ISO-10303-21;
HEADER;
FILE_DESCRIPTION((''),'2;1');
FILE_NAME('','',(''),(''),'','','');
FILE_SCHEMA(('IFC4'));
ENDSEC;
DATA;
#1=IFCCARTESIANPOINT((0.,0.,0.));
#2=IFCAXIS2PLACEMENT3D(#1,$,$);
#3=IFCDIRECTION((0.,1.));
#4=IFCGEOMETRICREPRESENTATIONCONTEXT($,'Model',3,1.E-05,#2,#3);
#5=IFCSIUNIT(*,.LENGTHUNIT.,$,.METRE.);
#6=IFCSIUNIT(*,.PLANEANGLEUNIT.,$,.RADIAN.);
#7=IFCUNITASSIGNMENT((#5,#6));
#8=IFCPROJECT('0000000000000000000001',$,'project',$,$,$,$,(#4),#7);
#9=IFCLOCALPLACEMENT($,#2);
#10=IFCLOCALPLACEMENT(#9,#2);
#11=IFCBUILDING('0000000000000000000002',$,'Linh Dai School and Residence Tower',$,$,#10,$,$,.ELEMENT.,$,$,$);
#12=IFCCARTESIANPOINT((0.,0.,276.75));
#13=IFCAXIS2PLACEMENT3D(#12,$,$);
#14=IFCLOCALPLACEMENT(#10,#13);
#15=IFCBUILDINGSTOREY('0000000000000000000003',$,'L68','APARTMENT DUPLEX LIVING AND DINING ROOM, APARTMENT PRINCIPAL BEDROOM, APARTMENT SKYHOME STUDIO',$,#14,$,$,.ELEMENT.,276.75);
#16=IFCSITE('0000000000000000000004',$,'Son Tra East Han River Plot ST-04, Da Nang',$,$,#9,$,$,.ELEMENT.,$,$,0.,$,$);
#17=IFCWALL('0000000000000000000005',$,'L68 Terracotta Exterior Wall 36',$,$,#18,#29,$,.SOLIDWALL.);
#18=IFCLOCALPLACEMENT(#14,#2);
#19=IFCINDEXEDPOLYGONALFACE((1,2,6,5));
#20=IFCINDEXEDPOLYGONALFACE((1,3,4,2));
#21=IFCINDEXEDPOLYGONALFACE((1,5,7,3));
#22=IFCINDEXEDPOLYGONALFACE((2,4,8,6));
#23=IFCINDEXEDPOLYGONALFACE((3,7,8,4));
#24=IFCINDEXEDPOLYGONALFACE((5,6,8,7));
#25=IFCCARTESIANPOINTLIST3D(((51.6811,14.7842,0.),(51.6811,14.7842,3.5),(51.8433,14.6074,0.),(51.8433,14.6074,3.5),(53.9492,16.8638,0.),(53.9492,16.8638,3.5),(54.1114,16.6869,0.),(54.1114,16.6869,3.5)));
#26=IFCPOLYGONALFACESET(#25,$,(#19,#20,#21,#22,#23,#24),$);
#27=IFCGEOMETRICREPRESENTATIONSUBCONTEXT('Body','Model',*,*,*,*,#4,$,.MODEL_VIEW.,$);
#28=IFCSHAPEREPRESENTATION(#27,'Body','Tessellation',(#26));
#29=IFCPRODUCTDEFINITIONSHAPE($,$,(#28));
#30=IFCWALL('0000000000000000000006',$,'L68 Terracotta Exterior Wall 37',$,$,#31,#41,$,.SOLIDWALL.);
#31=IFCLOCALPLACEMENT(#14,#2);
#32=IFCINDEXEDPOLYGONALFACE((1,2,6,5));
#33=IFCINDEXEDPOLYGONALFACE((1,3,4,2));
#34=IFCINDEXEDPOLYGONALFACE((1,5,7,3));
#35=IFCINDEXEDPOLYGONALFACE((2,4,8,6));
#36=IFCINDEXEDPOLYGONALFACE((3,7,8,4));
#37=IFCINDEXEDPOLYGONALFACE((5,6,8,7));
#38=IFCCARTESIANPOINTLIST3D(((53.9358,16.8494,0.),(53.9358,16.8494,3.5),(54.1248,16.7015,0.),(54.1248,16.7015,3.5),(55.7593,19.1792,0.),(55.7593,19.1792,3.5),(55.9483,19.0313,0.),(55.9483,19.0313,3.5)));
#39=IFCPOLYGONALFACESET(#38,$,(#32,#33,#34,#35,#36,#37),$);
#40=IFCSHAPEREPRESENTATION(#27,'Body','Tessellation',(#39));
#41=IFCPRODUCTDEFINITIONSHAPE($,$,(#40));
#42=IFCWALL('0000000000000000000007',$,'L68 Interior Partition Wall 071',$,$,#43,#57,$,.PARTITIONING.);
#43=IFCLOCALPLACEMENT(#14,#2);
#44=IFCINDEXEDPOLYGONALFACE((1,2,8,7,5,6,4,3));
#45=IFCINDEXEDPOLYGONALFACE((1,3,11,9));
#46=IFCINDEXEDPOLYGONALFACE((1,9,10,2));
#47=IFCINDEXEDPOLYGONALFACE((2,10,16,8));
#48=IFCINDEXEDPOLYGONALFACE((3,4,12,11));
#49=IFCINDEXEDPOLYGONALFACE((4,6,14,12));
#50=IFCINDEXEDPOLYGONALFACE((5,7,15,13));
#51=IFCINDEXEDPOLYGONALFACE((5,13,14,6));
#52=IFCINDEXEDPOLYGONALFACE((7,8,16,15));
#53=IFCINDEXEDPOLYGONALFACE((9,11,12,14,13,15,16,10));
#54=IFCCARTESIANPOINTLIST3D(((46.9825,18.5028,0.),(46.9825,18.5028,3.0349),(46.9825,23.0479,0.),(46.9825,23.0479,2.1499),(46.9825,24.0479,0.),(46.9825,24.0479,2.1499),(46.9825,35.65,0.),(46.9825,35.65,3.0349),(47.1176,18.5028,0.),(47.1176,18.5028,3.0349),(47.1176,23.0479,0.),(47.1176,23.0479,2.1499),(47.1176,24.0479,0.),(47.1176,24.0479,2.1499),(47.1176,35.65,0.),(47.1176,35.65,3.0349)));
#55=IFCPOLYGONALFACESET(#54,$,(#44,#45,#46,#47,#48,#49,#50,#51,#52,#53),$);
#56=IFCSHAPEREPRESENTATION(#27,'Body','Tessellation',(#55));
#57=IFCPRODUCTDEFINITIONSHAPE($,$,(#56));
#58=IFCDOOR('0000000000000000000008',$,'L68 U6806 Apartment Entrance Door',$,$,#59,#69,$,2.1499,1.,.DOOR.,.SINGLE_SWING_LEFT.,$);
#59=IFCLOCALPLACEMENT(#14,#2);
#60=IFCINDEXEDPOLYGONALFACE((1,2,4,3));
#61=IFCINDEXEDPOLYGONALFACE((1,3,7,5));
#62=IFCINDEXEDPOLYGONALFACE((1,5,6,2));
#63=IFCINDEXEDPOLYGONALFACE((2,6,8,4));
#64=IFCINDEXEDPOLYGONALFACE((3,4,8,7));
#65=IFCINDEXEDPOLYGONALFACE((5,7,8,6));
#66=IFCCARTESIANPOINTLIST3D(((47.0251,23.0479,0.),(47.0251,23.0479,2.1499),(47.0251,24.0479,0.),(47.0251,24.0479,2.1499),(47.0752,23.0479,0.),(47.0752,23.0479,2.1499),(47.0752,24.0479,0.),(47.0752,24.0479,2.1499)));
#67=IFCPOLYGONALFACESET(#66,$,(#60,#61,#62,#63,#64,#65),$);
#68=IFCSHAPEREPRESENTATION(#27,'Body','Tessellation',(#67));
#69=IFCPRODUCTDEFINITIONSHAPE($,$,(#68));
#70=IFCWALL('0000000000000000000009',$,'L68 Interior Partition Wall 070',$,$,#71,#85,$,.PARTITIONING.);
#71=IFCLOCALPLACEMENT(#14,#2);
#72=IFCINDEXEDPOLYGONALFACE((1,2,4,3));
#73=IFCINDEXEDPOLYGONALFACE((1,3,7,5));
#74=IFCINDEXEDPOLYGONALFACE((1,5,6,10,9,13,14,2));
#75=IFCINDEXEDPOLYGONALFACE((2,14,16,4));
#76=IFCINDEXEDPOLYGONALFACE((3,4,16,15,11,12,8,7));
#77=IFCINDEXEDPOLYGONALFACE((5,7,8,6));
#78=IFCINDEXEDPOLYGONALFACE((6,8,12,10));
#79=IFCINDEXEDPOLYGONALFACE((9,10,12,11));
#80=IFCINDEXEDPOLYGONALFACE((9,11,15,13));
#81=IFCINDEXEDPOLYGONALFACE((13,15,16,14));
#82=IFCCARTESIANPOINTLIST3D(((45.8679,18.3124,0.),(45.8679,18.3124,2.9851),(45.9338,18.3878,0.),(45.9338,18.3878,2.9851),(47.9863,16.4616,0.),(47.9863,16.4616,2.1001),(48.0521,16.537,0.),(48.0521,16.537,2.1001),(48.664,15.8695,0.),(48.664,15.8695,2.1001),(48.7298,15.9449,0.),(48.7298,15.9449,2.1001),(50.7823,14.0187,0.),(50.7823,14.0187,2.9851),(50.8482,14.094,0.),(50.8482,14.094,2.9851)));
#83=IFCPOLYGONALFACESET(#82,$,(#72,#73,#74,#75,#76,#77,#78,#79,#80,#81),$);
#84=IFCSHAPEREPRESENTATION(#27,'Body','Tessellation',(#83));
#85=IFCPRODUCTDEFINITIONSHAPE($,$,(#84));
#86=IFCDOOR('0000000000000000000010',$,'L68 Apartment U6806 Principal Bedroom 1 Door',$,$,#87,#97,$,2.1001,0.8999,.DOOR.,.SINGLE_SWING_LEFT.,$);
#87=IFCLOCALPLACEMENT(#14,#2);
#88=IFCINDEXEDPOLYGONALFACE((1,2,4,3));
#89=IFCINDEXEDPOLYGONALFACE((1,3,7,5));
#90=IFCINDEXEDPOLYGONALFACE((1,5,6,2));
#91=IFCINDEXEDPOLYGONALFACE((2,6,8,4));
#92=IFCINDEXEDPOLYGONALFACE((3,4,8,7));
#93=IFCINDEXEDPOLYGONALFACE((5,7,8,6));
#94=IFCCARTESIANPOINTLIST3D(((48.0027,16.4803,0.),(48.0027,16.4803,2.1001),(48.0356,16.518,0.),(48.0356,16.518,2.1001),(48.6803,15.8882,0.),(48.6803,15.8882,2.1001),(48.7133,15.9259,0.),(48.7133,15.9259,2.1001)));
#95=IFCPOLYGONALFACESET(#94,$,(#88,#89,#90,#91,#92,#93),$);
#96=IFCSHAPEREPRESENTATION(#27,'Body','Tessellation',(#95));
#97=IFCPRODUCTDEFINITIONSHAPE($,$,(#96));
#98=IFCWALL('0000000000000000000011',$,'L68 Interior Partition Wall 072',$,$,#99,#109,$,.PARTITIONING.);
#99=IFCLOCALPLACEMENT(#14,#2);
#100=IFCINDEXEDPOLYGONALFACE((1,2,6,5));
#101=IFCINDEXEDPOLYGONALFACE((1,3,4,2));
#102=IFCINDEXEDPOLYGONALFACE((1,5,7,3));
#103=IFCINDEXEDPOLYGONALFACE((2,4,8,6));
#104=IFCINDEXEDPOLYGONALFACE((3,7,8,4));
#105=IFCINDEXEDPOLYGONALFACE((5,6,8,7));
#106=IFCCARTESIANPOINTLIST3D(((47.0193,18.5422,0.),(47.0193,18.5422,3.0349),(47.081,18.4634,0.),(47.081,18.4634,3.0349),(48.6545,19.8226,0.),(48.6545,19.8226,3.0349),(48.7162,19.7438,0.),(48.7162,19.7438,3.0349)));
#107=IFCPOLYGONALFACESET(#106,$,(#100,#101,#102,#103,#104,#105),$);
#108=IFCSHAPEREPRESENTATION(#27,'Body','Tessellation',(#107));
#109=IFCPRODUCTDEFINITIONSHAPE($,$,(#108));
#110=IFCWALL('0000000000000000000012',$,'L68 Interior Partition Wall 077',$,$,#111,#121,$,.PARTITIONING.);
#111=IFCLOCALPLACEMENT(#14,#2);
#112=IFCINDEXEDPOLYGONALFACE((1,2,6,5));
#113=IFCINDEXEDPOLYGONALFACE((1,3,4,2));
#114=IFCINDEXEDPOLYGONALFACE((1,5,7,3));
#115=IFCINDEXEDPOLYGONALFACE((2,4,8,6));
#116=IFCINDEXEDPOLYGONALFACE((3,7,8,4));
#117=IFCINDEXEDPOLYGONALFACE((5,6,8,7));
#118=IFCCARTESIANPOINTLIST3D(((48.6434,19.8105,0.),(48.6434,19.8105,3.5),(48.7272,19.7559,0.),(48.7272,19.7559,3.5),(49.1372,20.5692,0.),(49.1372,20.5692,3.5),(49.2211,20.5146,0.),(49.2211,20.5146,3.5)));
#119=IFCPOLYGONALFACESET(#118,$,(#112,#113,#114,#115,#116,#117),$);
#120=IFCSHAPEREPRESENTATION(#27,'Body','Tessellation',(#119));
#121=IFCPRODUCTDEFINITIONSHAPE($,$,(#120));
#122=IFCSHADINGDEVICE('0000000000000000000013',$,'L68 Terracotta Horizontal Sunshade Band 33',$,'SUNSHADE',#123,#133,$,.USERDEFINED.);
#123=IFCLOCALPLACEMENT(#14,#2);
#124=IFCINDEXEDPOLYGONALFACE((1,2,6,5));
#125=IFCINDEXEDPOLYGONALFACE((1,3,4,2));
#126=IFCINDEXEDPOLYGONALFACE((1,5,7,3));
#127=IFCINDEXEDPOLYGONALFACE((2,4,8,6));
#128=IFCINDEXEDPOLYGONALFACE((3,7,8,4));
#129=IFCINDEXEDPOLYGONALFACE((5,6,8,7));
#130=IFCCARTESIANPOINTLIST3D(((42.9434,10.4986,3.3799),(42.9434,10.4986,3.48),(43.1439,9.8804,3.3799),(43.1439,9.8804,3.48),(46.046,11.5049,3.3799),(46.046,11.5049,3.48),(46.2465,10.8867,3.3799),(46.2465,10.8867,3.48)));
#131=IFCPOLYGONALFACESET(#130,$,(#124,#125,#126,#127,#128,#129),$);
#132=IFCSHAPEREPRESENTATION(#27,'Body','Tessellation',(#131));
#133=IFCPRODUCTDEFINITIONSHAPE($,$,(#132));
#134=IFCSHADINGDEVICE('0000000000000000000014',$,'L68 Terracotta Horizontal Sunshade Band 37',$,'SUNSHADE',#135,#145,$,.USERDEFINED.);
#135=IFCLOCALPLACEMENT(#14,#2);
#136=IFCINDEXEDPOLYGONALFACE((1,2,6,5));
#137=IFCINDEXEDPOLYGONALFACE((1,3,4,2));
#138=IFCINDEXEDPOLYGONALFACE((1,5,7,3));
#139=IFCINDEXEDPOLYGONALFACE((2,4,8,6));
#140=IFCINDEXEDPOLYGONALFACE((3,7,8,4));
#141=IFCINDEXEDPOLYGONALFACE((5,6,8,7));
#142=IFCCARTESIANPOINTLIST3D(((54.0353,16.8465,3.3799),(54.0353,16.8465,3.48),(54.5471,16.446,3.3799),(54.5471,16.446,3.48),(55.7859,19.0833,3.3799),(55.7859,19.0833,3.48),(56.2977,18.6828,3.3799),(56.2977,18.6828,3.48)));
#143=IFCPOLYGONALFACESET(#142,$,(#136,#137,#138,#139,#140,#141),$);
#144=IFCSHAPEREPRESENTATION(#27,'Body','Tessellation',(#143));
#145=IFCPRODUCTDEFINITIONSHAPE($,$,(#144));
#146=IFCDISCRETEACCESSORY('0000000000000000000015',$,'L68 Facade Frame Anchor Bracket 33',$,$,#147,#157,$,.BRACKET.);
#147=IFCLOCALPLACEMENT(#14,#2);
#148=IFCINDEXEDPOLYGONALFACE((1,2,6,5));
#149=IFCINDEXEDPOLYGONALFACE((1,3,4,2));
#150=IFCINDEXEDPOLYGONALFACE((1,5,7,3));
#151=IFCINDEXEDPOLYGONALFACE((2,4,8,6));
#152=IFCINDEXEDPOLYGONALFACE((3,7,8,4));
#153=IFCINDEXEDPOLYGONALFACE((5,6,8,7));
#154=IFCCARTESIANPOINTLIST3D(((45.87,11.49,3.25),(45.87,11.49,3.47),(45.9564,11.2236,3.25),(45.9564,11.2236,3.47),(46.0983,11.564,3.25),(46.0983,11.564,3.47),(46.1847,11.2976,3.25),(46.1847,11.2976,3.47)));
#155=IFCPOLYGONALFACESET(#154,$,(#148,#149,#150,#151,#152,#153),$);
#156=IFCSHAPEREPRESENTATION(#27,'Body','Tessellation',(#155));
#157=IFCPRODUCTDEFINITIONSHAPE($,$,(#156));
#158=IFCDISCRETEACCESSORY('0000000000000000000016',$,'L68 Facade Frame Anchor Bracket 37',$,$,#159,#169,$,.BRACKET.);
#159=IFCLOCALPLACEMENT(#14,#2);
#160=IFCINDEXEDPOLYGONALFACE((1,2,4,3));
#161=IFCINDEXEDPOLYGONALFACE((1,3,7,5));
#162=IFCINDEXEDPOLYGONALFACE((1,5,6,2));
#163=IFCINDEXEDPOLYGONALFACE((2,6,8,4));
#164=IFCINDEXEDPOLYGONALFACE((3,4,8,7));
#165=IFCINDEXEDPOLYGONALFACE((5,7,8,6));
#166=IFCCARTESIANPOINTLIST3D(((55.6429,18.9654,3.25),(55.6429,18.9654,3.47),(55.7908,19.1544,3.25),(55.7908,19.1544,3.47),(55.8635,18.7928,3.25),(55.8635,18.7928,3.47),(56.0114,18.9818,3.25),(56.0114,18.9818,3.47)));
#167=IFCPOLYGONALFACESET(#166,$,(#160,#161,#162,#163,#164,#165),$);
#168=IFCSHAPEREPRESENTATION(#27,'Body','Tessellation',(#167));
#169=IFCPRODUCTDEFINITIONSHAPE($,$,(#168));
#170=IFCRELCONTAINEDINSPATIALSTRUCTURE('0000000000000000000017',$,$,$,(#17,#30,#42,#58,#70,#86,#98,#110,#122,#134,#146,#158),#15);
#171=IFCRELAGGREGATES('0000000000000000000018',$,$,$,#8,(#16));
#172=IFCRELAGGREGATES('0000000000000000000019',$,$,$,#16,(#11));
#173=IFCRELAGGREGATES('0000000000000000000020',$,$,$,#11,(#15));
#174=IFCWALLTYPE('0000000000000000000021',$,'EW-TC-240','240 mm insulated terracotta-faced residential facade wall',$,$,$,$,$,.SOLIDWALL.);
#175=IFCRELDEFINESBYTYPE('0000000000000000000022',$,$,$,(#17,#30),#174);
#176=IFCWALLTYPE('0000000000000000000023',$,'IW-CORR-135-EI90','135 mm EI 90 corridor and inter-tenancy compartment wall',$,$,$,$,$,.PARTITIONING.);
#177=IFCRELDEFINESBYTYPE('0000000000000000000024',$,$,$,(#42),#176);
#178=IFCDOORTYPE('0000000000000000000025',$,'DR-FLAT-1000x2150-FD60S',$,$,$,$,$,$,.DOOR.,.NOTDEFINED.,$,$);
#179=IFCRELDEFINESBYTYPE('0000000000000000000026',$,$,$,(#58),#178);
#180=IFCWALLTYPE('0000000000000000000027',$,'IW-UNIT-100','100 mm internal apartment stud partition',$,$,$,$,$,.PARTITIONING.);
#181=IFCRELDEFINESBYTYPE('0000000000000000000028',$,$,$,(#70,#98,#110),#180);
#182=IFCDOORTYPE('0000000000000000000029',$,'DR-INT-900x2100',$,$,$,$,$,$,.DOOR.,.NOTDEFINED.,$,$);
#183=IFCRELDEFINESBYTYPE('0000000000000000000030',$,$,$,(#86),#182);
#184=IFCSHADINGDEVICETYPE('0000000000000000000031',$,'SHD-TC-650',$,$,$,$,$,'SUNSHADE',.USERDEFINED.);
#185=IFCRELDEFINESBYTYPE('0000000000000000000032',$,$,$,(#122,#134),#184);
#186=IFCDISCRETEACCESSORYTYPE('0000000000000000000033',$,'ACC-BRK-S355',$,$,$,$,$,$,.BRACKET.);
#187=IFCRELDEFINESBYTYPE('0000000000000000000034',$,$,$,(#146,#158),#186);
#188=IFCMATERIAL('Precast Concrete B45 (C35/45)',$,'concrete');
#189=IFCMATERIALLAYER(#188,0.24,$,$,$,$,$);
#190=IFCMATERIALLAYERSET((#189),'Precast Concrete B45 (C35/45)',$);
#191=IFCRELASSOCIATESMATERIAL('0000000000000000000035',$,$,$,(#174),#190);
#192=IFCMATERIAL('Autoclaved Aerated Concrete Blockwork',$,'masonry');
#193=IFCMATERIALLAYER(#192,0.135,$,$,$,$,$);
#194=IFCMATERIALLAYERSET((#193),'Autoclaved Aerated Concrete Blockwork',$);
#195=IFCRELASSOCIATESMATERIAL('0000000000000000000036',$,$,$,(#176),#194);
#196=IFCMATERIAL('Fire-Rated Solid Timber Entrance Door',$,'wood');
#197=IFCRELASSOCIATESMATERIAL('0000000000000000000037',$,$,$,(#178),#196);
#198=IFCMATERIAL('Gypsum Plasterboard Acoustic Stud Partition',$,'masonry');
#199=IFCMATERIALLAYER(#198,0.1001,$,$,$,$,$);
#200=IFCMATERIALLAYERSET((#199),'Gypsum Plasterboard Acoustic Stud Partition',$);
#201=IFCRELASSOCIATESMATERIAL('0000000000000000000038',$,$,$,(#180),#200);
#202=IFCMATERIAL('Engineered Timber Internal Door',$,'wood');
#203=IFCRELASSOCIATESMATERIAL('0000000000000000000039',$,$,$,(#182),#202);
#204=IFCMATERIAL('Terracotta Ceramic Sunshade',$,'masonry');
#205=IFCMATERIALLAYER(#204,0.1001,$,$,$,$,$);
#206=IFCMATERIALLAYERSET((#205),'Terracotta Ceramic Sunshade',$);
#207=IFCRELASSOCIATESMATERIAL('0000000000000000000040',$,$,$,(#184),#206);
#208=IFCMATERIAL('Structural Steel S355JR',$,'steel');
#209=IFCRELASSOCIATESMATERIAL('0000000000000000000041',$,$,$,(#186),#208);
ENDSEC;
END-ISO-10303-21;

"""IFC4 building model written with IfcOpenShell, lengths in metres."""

from ifc_helpers import new_model, si_unit, direction, frame, frame_2d, origin, origin_2d, place, context, subcontext, project, spatial, rectangle, extrude, source, transform, mapped, material, layer, layer_set, type_object, element, fill, save


model = new_model("IFC4")

# Units and contexts
model_context = context("Model", 3, precision=1e-05, world=origin(), true_north=direction((0.0, 1.0)))
body_context = subcontext(model_context, "Body", "Model", "MODEL_VIEW")
ifc_project = project(units=[si_unit("LENGTHUNIT", "METRE"), si_unit("PLANEANGLEUNIT", "RADIAN")], contexts=[model_context])

# Site, building, storey
site_placement = place(None, origin())
site = spatial("IfcSite", under=ifc_project, at=site_placement, Name="Son Tra East Han River Plot ST-04, Da Nang", CompositionType="ELEMENT", RefElevation=0.0)
building_placement = place(site_placement, origin())
building = spatial("IfcBuilding", under=site, at=building_placement, Name="Linh Dai School and Residence Tower", CompositionType="ELEMENT")
storey_placement = place(building_placement, frame((0.0, 0.0, 276.75)))
storey = spatial("IfcBuildingStorey", under=building, at=storey_placement, Name="L68", Description="APARTMENT DUPLEX LIVING AND DINING ROOM, APARTMENT PRINCIPAL BEDROOM, APARTMENT SKYHOME STUDIO", CompositionType="ELEMENT", Elevation=276.75)

# Shared definitions
ifc_material_1 = material(Name="Structural Steel S355JR", Category="steel")

# Shared definitions
ifc_material_2 = material(Name="Precast Concrete B45 (C35/45)", Category="concrete")

# Shared definitions
ifc_layer_1 = layer(ifc_material_2, 0.24)
ifc_layer_set_1 = layer_set([ifc_layer_1], Name="Precast Concrete B45 (C35/45)")
wall_type_1 = type_object("IfcWallType", Name="EW-TC-240", Description="240 mm insulated terracotta-faced residential facade wall", PredefinedType="SOLIDWALL", material=ifc_layer_set_1)

# Walls
wall_1_placement = place(storey_placement, frame((54.0303, 16.7754, 0.0), z_axis=(0.0, 0.0, 1.0), x_axis=(-0.737069, -0.675818, 0.0)))
element("IfcWall", 1, at=wall_1_placement, inside=storey, type_object=wall_type_1, Name="L68 Terracotta Exterior Wall 36", PredefinedType="SOLIDWALL", context=body_context, shape_type="SweptSolid", body=[
    extrude(rectangle(XDim=3.0771, YDim=0.24, at=frame_2d((1.5386, 0.0))), origin(), (0.0, 0.0, 1.0), 3.5),
])
wall_2_placement = place(storey_placement, frame((55.8538, 19.1052, 0.0), z_axis=(0.0, 0.0, 1.0), x_axis=(-0.616337, -0.787482, 0.0)))
element("IfcWall", 2, at=wall_2_placement, inside=storey, type_object=wall_type_1, Name="L68 Terracotta Exterior Wall 37", PredefinedType="SOLIDWALL", context=body_context, shape_type="SweptSolid", body=[
    extrude(rectangle(XDim=2.9585, YDim=0.24, at=frame_2d((1.4792, 0.0))), origin(), (0.0, 0.0, 1.0), 3.5),
])

# Walls, openings, doors
ifc_material_3 = material(Name="Autoclaved Aerated Concrete Blockwork", Category="masonry")
ifc_layer_2 = layer(ifc_material_3, 0.135)
ifc_layer_set_2 = layer_set([ifc_layer_2], Name="Autoclaved Aerated Concrete Blockwork")
wall_type_2 = type_object("IfcWallType", Name="IW-CORR-135-EI90", Description="135 mm EI 90 corridor and inter-tenancy compartment wall", PredefinedType="PARTITIONING", material=ifc_layer_set_2)
wall_3_placement = place(storey_placement, frame((47.05, 18.5027, 0.0), z_axis=(0.0, 0.0, 1.0), x_axis=(0.0, 1.0, 0.0)))
wall_3 = element("IfcWall", 3, at=wall_3_placement, inside=storey, type_object=wall_type_2, Name="L68 Interior Partition Wall 071", PredefinedType="PARTITIONING", context=body_context, shape_type="SweptSolid", body=[
    extrude(rectangle(XDim=17.1472, YDim=0.135, at=frame_2d((8.5737, 0.0))), origin(), (0.0, 0.0, 1.0), 3.0349),
])
opening_1_placement = place(wall_3_placement, frame((4.5452, 0.0, 0.0)))
opening_1 = element("IfcOpeningElement", 4, at=opening_1_placement, cuts=wall_3, PredefinedType="OPENING", context=body_context, shape_type="SweptSolid", body=[
    extrude(rectangle(XDim=1.0, YDim=2.1499, at=origin_2d()), frame((0.5, 0.0776, 1.075), z_axis=(0.0, -1.0, 0.0), x_axis=(1.0, 0.0, 0.0)), (0.0, 0.0, 1.0), 0.155),
])
ifc_material_4 = material(Name="Fire-Rated Solid Timber Entrance Door", Category="wood")
door_type_1 = type_object("IfcDoorType", Name="DR-FLAT-1000x2150-FD60S", OperationType="NOTDEFINED", PredefinedType="DOOR", material=ifc_material_4)
shared_shape_1 = source(origin(), body_context, "Body", "SweptSolid", [
    extrude(rectangle(XDim=1.0, YDim=2.1499, at=origin_2d()), frame((0.5, 0.0249, 1.075), z_axis=(0.0, -1.0, 0.0), x_axis=(1.0, 0.0, 0.0)), (0.0, 0.0, 1.0), 0.05),
])
door_1_placement = place(opening_1_placement, origin())
door_1 = element("IfcDoor", 5, at=door_1_placement, inside=storey, type_object=door_type_1, Name="L68 U6806 Apartment Entrance Door", OperationType="SINGLE_SWING_LEFT", OverallHeight=2.1499, OverallWidth=1.0, PredefinedType="DOOR", context=body_context, shape_type="MappedRepresentation", body=[
    mapped(shared_shape_1, transform((0.0, 0.0, 0.0), x_axis=(1.0, 0.0, 0.0), y_axis=(0.0, 1.0, 0.0), z_axis=(0.0, 0.0, 1.0), scale=1.0)),
])
fill(opening_1, door_1)
ifc_material_5 = material(Name="Gypsum Plasterboard Acoustic Stud Partition", Category="masonry")
ifc_layer_3 = layer(ifc_material_5, 0.1001)
ifc_layer_set_3 = layer_set([ifc_layer_3], Name="Gypsum Plasterboard Acoustic Stud Partition")
wall_type_3 = type_object("IfcWallType", Name="IW-UNIT-100", Description="100 mm internal apartment stud partition", PredefinedType="PARTITIONING", material=ifc_layer_set_3)
wall_4_placement = place(storey_placement, frame((45.9009, 18.3501, 0.0), z_axis=(0.0, 0.0, 1.0), x_axis=(0.753056, -0.657956, 0.0)))
wall_4 = element("IfcWall", 6, at=wall_4_placement, inside=storey, type_object=wall_type_3, Name="L68 Interior Partition Wall 070", PredefinedType="PARTITIONING", context=body_context, shape_type="SweptSolid", body=[
    extrude(rectangle(XDim=6.5259, YDim=0.1001, at=frame_2d((3.2629, 0.0))), origin(), (0.0, 0.0, 1.0), 2.9851),
])
opening_2_placement = place(wall_4_placement, frame((2.813, 0.0, 0.0)))
opening_2 = element("IfcOpeningElement", 7, at=opening_2_placement, cuts=wall_4, PredefinedType="OPENING", context=body_context, shape_type="SweptSolid", body=[
    extrude(rectangle(XDim=0.8999, YDim=2.1001, at=origin_2d()), frame((0.45, 0.0601, 1.05), z_axis=(0.0, -1.0, 0.0), x_axis=(1.0, 0.0, 0.0)), (0.0, 0.0, 1.0), 0.1201),
])
ifc_material_6 = material(Name="Engineered Timber Internal Door", Category="wood")
door_type_2 = type_object("IfcDoorType", Name="DR-INT-900x2100", OperationType="NOTDEFINED", PredefinedType="DOOR", material=ifc_material_6)
shared_shape_2 = source(origin(), body_context, "Body", "SweptSolid", [
    extrude(rectangle(XDim=0.8999, YDim=2.1001, at=origin_2d()), frame((0.45, 0.0249, 1.05), z_axis=(0.0, -1.0, 0.0), x_axis=(1.0, 0.0, 0.0)), (0.0, 0.0, 1.0), 0.05),
])
door_2_placement = place(opening_2_placement, origin())
door_2 = element("IfcDoor", 8, at=door_2_placement, inside=storey, type_object=door_type_2, Name="L68 Apartment U6806 Principal Bedroom 1 Door", OperationType="SINGLE_SWING_LEFT", OverallHeight=2.1001, OverallWidth=0.8999, PredefinedType="DOOR", context=body_context, shape_type="MappedRepresentation", body=[
    mapped(shared_shape_2, transform((0.0, 0.0, 0.0), x_axis=(1.0, 0.0, 0.0), y_axis=(0.0, 1.0, 0.0), z_axis=(0.0, 0.0, 1.0), scale=1.0)),
])
fill(opening_2, door_2)

# Walls
wall_5_placement = place(storey_placement, frame((47.05, 18.5027, 0.0), z_axis=(0.0, 0.0, 1.0), x_axis=(0.787329, 0.616533, 0.0)))
element("IfcWall", 9, at=wall_5_placement, inside=storey, type_object=wall_type_3, Name="L68 Interior Partition Wall 072", PredefinedType="PARTITIONING", context=body_context, shape_type="SweptSolid", body=[
    extrude(rectangle(XDim=2.0769, YDim=0.1001, at=frame_2d((1.0386, 0.0))), origin(), (0.0, 0.0, 1.0), 3.0349),
])
wall_6_placement = place(storey_placement, frame((48.6853, 19.7832, 0.0), z_axis=(0.0, 0.0, 1.0), x_axis=(0.545519, 0.838098, 0.0)))
element("IfcWall", 10, at=wall_6_placement, inside=storey, type_object=wall_type_3, Name="L68 Interior Partition Wall 077", PredefinedType="PARTITIONING", context=body_context, shape_type="SweptSolid", body=[
    extrude(rectangle(XDim=0.9053, YDim=0.1001, at=frame_2d((0.4526, 0.0))), origin(), (0.0, 0.0, 1.0), 3.5),
])

# Shading devices
ifc_material_7 = material(Name="Terracotta Ceramic Sunshade", Category="masonry")
ifc_layer_4 = layer(ifc_material_7, 0.1001)
ifc_layer_set_4 = layer_set([ifc_layer_4], Name="Terracotta Ceramic Sunshade")
shading_device_type = type_object("IfcShadingDeviceType", Name="SHD-TC-650", ElementType="SUNSHADE", PredefinedType="USERDEFINED", material=ifc_layer_set_4)
shared_shape_3 = source(origin(), body_context, "Body", "SweptSolid", [
    extrude(rectangle(XDim=3.2617, YDim=0.6499, at=origin_2d()), origin(), (0.0, 0.0, 1.0), 0.1001),
])
shading_device_1_placement = place(storey_placement, frame((44.595, 10.6926, 3.3799), z_axis=(0.0, 0.0, 1.0), x_axis=(-0.951218, -0.308519, 0.0)))
element("IfcShadingDevice", 11, at=shading_device_1_placement, inside=storey, type_object=shading_device_type, Name="L68 Terracotta Horizontal Sunshade Band 33", ObjectType="SUNSHADE", PredefinedType="USERDEFINED", context=body_context, shape_type="MappedRepresentation", body=[
    mapped(shared_shape_3, transform((0.0, 0.0, 0.0), x_axis=(1.0, 0.0, 0.0), y_axis=(0.0, 1.0, 0.0), z_axis=(0.0, 0.0, 1.0), scale=1.0)),
])
shared_shape_4 = source(origin(), body_context, "Body", "SweptSolid", [
    extrude(rectangle(XDim=2.8403, YDim=0.6499, at=origin_2d()), origin(), (0.0, 0.0, 1.0), 0.1001),
])
shading_device_2_placement = place(storey_placement, frame((55.1665, 17.7646, 3.3799), z_axis=(0.0, 0.0, 1.0), x_axis=(-0.616311, -0.787503, 0.0)))
element("IfcShadingDevice", 12, at=shading_device_2_placement, inside=storey, type_object=shading_device_type, Name="L68 Terracotta Horizontal Sunshade Band 37", ObjectType="SUNSHADE", PredefinedType="USERDEFINED", context=body_context, shape_type="MappedRepresentation", body=[
    mapped(shared_shape_4, transform((0.0, 0.0, 0.0), x_axis=(1.0, 0.0, 0.0), y_axis=(0.0, 1.0, 0.0), z_axis=(0.0, 0.0, 1.0), scale=1.0)),
])

# Discrete accessories
discrete_accessory_type = type_object("IfcDiscreteAccessoryType", Name="ACC-BRK-S355", PredefinedType="BRACKET", material=ifc_material_1)
shared_shape_5 = source(origin(), body_context, "Body", "SweptSolid", [
    extrude(rectangle(XDim=0.28, YDim=0.24, at=origin_2d()), origin(), (0.0, 0.0, 1.0), 0.22),
])
for number, where, z_axis, x_axis, name in (
    (13, (46.0273, 11.3938, 3.25), (0.0, 0.0, 1.0), (0.308519, -0.951218, 0.0), "L68 Facade Frame Anchor Bracket 33"),
    (14, (55.8271, 18.9736, 3.25), (0.0, 0.0, 1.0), (0.787503, -0.616311, 0.0), "L68 Facade Frame Anchor Bracket 37"),
):
    element("IfcDiscreteAccessory", number, at=place(storey_placement, frame(where, z_axis=z_axis, x_axis=x_axis)), inside=storey, type_object=discrete_accessory_type, Name=name, PredefinedType="BRACKET", context=body_context, shape_type="MappedRepresentation", body=[
        mapped(shared_shape_5, transform((0.0, 0.0, 0.0), x_axis=(1.0, 0.0, 0.0), y_axis=(0.0, 1.0, 0.0), z_axis=(0.0, 0.0, 1.0), scale=1.0)),
    ])

save(model, "model.ifc")
